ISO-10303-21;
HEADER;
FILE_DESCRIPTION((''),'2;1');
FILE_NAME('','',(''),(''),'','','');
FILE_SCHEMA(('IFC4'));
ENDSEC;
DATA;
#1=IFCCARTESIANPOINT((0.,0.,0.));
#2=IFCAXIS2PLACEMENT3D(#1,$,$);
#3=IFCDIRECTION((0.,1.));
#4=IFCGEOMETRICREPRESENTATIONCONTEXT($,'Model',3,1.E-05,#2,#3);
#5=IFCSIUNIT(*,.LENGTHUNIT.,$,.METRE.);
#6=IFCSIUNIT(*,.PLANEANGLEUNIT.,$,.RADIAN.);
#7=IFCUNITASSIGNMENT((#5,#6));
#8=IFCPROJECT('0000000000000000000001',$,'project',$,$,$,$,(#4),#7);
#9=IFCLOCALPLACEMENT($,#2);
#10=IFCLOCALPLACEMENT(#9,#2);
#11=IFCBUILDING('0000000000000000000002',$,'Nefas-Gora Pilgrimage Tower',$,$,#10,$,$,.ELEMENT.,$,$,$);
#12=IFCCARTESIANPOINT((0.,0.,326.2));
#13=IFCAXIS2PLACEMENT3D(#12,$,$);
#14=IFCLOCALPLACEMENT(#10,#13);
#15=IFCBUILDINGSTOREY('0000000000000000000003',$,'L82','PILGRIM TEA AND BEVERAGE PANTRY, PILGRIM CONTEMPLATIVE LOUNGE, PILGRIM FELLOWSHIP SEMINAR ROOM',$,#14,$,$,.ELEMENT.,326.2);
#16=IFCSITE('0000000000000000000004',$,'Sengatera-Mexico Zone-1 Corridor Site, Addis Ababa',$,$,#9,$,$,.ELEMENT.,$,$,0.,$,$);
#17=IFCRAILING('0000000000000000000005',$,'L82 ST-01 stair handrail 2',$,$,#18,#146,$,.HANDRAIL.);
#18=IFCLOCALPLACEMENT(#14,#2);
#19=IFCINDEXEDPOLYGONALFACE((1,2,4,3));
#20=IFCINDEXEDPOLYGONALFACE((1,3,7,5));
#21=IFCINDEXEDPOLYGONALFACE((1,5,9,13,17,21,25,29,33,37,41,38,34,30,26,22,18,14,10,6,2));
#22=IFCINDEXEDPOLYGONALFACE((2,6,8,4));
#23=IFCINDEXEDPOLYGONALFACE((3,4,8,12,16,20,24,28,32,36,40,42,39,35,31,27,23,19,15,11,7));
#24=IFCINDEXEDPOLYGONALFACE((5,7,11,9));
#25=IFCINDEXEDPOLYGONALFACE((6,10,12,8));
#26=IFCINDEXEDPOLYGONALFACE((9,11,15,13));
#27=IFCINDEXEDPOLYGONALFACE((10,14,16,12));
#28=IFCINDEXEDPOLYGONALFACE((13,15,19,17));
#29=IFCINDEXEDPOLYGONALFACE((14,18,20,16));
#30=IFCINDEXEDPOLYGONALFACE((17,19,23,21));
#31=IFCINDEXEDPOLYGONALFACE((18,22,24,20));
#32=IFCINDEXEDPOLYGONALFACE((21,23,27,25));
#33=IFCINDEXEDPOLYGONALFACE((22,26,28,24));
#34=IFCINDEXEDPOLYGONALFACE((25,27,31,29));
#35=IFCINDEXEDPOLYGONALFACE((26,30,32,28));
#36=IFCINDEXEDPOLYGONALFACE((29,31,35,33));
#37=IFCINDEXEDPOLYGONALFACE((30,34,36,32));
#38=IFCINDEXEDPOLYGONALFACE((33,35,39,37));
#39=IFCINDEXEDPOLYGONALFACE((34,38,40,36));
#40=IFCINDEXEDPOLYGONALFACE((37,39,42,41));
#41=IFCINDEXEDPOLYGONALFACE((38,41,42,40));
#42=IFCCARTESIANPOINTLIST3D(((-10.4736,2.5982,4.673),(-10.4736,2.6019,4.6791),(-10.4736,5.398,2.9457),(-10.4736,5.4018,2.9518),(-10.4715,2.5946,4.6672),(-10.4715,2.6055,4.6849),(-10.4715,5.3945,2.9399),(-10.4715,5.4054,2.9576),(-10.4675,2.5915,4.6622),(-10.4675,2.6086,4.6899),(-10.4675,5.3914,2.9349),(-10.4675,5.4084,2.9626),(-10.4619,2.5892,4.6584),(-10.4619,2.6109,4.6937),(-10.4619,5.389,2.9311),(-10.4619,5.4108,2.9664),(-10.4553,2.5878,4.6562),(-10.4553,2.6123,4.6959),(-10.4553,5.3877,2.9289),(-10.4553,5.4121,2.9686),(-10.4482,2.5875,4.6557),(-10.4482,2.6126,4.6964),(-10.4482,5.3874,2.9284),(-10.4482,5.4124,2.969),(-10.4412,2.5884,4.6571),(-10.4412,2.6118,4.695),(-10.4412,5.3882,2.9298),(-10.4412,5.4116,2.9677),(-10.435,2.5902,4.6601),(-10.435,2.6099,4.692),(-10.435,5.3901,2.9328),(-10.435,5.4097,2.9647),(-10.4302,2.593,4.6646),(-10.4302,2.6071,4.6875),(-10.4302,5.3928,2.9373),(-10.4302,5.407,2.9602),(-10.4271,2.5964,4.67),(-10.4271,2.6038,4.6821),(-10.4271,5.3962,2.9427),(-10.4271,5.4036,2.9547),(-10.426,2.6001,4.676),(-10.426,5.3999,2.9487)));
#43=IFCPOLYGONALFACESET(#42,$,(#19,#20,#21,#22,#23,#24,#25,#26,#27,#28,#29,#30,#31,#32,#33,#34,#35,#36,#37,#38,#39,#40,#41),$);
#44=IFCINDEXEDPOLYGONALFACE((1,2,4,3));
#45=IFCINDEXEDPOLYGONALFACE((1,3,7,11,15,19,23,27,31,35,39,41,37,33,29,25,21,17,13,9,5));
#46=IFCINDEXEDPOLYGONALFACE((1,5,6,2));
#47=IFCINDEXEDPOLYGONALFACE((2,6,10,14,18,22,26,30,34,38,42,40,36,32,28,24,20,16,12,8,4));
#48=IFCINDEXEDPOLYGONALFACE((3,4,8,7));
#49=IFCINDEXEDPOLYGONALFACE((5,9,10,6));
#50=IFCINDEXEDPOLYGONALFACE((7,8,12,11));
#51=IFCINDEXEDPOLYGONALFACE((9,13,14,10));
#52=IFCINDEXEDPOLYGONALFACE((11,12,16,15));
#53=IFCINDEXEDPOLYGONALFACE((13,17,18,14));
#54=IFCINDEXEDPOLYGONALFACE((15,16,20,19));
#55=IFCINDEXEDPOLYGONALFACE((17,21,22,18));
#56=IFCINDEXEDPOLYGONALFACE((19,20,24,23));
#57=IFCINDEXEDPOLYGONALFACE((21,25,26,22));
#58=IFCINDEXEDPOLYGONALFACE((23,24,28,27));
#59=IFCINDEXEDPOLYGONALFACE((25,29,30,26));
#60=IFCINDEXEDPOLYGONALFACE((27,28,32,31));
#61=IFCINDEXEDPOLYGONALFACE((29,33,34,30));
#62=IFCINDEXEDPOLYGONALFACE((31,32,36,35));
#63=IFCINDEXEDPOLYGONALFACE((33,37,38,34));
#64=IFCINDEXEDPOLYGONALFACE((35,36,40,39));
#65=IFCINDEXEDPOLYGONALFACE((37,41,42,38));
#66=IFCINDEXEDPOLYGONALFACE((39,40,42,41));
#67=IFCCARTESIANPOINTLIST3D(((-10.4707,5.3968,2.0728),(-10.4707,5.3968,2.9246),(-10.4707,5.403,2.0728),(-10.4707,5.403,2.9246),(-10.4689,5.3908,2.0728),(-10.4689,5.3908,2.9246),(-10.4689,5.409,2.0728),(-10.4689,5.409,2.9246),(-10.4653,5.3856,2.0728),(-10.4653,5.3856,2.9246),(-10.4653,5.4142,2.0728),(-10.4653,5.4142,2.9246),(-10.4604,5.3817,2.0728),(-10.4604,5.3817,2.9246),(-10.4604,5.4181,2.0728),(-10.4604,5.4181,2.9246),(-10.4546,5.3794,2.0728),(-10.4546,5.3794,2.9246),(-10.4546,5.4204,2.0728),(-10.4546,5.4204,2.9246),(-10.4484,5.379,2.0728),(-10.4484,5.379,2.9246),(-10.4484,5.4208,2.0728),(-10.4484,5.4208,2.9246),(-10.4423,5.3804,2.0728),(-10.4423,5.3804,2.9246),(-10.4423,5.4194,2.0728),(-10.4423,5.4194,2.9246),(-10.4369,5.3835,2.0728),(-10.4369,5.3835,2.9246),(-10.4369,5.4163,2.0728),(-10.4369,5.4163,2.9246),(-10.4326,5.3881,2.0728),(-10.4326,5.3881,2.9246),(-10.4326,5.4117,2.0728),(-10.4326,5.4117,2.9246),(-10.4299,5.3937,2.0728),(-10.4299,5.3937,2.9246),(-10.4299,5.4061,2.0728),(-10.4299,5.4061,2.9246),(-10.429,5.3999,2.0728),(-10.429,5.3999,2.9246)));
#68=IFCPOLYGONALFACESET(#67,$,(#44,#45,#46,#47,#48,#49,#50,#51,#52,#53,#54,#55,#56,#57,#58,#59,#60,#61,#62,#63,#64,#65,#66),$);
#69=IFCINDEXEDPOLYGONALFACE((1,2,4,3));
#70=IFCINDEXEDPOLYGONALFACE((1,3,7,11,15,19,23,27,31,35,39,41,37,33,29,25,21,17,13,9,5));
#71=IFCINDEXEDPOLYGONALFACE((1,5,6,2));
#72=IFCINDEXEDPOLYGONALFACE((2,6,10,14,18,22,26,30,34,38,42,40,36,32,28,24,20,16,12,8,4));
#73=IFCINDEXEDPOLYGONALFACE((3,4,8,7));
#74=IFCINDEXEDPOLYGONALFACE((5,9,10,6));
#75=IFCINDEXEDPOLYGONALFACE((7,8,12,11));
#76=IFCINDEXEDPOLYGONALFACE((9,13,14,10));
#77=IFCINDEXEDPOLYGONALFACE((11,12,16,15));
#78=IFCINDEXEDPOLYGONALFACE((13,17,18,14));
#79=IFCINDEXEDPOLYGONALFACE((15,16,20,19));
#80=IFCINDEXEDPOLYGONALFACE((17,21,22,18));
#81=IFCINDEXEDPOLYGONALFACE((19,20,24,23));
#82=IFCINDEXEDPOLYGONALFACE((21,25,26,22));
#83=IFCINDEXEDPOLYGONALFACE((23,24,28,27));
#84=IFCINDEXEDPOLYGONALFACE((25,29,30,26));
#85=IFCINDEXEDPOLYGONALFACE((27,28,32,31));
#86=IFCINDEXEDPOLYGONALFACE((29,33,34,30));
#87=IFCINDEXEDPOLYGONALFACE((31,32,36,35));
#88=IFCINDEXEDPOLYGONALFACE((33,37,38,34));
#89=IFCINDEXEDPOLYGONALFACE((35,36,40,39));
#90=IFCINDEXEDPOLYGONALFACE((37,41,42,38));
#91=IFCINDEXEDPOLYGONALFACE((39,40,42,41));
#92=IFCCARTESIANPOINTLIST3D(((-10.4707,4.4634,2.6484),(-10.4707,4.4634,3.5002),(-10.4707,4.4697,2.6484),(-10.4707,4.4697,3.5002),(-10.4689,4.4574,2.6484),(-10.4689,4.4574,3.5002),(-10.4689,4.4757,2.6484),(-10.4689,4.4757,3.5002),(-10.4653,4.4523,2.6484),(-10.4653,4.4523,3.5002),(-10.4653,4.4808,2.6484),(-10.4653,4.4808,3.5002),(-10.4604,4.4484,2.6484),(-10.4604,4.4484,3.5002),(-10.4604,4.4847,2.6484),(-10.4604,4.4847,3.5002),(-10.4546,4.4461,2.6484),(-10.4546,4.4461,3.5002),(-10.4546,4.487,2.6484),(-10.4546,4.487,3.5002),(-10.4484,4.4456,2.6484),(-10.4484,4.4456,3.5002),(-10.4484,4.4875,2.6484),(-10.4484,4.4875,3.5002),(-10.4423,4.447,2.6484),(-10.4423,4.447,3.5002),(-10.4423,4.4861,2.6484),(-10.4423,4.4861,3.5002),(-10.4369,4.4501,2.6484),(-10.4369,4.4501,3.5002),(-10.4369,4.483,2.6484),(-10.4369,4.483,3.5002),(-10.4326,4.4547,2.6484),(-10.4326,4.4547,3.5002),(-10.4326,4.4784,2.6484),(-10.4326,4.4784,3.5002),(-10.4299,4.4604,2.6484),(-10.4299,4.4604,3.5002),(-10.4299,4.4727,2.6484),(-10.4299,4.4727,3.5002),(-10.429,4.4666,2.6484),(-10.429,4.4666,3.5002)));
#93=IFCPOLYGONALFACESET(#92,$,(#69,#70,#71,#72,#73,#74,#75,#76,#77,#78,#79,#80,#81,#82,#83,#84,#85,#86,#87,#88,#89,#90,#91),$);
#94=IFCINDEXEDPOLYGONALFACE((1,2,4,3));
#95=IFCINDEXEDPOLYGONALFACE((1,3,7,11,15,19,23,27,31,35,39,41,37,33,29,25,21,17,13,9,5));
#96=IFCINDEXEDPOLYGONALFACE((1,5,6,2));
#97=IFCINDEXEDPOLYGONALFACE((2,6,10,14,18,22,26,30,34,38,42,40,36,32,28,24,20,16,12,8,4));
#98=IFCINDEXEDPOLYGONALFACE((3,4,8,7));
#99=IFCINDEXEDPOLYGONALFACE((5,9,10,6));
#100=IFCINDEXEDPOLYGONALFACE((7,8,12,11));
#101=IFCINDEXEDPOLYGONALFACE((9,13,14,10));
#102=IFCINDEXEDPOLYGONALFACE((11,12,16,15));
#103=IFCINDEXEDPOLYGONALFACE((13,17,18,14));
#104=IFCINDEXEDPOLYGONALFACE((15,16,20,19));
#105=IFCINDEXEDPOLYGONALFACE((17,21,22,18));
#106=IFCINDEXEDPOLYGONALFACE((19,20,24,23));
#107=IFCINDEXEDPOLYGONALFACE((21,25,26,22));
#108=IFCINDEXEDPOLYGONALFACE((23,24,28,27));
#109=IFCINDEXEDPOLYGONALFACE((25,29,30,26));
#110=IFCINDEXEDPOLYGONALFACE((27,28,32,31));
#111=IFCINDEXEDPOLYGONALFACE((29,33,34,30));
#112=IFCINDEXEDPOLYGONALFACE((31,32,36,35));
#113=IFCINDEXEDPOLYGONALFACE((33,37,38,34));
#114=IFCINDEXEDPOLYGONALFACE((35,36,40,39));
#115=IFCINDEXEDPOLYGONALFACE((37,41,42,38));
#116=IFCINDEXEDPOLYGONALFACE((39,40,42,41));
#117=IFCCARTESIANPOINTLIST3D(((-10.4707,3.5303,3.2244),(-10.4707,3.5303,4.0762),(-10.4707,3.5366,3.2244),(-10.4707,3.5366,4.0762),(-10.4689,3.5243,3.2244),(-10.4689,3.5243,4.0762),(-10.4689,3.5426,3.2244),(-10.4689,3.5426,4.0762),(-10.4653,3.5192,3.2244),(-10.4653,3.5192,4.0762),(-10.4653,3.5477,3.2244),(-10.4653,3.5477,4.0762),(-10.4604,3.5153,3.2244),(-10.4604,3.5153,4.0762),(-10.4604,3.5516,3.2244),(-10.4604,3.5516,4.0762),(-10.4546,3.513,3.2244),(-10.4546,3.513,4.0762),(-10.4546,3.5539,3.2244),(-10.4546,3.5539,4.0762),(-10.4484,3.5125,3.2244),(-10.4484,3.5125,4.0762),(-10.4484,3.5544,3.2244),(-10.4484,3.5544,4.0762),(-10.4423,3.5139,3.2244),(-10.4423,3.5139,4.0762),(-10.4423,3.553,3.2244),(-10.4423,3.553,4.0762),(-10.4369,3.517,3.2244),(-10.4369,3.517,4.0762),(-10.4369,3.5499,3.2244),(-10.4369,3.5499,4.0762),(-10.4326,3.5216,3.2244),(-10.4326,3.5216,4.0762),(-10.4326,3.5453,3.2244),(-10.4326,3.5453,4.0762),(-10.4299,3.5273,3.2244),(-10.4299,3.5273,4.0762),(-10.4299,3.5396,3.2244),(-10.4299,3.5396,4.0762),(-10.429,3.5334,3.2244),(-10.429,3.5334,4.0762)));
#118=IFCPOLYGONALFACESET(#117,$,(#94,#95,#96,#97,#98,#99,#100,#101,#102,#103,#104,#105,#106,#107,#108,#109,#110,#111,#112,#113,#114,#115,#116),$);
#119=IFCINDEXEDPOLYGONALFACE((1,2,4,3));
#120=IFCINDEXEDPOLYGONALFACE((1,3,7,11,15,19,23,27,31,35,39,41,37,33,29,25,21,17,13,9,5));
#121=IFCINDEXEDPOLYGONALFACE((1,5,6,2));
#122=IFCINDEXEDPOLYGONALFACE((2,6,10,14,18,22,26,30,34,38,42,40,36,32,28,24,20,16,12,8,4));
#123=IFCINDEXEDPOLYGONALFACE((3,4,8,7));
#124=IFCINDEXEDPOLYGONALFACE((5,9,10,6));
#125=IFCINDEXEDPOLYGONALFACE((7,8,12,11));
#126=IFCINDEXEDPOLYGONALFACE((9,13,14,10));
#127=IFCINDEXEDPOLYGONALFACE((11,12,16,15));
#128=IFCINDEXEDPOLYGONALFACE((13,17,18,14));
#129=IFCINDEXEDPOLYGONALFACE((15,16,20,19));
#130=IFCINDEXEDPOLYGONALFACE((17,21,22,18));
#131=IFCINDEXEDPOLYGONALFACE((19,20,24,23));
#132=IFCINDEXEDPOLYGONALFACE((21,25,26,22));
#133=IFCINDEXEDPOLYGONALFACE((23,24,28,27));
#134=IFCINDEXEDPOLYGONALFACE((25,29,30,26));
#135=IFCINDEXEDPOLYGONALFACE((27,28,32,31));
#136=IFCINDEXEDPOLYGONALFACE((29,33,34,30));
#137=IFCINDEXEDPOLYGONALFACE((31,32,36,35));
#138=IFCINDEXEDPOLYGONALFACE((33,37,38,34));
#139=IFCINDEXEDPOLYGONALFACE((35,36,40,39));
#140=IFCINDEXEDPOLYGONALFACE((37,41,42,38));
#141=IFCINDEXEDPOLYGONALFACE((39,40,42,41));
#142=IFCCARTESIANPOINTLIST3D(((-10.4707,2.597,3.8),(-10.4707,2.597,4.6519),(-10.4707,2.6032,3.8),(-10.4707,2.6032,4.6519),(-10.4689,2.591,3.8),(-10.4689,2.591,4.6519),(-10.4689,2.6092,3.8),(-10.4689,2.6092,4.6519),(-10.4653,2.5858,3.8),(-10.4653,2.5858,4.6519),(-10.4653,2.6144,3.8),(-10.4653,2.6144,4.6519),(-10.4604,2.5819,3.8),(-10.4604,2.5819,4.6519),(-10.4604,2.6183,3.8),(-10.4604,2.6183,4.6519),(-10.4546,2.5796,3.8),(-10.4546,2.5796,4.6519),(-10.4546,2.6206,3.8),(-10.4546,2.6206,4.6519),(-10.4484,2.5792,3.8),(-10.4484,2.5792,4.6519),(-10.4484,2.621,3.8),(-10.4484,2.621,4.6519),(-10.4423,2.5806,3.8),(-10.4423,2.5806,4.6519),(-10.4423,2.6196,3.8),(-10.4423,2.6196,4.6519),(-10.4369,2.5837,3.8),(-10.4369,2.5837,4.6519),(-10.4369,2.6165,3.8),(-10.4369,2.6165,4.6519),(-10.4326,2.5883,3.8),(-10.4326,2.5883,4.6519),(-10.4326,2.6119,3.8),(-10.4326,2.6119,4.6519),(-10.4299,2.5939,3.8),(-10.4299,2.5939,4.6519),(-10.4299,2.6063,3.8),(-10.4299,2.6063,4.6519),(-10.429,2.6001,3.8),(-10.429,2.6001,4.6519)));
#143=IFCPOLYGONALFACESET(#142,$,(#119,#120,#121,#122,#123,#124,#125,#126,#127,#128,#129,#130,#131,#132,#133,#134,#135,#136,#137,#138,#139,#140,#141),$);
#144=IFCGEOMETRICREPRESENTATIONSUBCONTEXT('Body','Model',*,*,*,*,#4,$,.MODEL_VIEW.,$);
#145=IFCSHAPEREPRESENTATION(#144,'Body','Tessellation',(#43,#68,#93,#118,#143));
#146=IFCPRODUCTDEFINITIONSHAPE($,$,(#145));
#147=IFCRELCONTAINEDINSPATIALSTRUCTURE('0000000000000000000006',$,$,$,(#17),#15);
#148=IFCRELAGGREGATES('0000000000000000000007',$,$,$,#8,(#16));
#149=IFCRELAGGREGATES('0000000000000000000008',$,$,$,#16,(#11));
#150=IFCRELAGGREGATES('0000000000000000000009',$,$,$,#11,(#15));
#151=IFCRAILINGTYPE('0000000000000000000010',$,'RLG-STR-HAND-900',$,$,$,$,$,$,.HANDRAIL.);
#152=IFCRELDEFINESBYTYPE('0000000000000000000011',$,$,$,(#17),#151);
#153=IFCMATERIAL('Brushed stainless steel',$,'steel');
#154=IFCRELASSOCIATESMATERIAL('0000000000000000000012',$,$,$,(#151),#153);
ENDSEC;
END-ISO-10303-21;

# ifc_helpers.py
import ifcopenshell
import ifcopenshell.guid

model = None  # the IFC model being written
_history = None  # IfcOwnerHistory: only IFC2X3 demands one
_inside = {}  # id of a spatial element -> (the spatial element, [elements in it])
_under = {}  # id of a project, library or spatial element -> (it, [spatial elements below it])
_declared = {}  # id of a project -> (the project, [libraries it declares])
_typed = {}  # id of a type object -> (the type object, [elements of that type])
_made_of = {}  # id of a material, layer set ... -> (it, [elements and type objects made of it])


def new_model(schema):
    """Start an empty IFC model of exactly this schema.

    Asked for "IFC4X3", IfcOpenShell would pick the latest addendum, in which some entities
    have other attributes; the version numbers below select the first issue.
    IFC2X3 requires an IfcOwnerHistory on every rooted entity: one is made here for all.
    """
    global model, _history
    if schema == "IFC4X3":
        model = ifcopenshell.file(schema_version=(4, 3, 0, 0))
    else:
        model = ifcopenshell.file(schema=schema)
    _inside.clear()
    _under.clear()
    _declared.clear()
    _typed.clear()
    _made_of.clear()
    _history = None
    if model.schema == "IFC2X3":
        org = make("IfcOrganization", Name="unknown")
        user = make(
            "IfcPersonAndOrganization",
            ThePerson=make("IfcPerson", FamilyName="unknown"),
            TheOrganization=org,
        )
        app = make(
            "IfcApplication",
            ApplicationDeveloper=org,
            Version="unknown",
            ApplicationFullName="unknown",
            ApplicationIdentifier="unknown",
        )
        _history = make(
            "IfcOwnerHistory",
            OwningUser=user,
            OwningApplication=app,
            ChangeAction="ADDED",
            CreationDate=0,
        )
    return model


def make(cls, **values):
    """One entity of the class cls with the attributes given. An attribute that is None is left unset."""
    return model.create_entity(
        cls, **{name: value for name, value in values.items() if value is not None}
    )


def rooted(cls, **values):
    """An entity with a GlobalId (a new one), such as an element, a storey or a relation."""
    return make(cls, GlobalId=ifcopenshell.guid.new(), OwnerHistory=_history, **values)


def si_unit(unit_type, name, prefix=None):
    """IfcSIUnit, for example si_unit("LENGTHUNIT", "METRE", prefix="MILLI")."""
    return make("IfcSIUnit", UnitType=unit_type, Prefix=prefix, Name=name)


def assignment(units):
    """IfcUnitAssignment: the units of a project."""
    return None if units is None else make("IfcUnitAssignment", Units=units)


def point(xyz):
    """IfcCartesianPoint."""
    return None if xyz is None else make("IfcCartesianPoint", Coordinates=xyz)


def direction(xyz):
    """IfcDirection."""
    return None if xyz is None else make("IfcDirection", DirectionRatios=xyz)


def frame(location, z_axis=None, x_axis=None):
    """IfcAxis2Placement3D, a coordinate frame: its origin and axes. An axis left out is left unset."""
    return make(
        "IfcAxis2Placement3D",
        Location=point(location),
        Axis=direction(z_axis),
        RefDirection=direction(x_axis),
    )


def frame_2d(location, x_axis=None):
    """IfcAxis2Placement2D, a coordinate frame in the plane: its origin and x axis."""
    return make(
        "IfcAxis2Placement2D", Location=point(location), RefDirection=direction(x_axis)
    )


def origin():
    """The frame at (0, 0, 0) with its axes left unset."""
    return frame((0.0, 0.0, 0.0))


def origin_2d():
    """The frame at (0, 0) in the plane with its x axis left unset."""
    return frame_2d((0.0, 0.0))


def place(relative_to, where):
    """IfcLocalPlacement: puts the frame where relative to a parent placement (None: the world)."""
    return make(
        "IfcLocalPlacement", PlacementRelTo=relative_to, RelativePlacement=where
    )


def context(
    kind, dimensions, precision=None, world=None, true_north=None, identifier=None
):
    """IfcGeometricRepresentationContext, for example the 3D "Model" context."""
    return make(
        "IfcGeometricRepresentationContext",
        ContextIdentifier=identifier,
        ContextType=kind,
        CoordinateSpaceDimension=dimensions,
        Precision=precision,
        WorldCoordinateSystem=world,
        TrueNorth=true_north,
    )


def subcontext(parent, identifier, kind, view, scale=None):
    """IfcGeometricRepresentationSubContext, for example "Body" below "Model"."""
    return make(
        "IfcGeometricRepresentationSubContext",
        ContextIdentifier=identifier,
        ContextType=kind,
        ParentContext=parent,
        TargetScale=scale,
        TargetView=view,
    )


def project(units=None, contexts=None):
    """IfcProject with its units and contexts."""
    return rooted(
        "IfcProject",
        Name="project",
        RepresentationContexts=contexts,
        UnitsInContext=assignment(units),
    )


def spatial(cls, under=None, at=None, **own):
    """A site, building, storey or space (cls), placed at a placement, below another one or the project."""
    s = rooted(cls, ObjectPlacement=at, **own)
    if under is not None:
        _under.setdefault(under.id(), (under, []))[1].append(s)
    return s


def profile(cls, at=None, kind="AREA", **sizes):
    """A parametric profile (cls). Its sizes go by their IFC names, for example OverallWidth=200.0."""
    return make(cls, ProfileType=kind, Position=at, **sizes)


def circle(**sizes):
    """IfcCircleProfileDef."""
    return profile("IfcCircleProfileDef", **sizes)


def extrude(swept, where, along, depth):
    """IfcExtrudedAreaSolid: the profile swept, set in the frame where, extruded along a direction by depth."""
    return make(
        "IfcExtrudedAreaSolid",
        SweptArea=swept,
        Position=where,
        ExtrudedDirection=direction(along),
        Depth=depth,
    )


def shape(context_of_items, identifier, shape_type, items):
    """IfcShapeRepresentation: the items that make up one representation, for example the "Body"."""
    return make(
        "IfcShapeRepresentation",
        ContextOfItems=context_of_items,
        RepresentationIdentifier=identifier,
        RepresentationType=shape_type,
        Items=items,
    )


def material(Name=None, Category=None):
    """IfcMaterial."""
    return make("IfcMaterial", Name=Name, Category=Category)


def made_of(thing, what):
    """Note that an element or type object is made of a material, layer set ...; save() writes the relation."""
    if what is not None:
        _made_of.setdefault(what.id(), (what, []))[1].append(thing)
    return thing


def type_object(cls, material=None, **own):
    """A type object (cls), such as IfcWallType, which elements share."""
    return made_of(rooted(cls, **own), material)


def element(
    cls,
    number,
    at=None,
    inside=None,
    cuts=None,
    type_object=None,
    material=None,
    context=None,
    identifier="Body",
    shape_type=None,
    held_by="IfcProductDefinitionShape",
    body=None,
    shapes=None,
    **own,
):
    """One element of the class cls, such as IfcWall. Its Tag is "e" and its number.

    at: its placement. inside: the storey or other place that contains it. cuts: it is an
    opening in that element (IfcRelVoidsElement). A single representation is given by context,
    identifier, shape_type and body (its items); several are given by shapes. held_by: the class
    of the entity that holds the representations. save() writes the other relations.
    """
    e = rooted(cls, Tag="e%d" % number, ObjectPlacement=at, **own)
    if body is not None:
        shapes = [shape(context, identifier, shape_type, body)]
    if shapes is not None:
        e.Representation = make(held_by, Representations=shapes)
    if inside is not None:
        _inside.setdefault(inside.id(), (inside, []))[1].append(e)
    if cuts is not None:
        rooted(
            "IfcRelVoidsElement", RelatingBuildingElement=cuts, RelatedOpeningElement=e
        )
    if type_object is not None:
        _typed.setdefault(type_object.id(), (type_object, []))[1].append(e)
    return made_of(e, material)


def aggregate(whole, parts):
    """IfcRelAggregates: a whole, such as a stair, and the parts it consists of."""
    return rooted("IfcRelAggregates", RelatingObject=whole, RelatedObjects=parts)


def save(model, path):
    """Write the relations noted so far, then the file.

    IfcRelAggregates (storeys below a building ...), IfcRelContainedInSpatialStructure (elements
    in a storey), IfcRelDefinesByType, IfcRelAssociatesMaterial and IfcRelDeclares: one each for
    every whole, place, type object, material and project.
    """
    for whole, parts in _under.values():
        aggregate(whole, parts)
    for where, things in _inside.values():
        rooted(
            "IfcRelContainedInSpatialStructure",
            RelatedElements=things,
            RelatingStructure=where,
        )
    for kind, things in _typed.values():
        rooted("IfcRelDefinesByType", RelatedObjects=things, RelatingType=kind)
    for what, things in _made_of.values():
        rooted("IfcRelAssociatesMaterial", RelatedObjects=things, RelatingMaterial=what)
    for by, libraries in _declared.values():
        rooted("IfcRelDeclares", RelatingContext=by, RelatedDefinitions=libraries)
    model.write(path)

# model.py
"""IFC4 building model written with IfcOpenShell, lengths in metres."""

from ifc_helpers import new_model, si_unit, direction, frame, origin, origin_2d, place, context, subcontext, project, spatial, circle, extrude, material, type_object, element, save


model = new_model("IFC4")

# Units and contexts
model_context = context("Model", 3, precision=1e-05, world=origin(), true_north=direction((0.0, 1.0)))
body_context = subcontext(model_context, "Body", "Model", "MODEL_VIEW")
ifc_project = project(units=[si_unit("LENGTHUNIT", "METRE"), si_unit("PLANEANGLEUNIT", "RADIAN")], contexts=[model_context])

# Site, building, storey
site_placement = place(None, origin())
site = spatial("IfcSite", under=ifc_project, at=site_placement, Name="Sengatera-Mexico Zone-1 Corridor Site, Addis Ababa", CompositionType="ELEMENT", RefElevation=0.0)
building_placement = place(site_placement, origin())
building = spatial("IfcBuilding", under=site, at=building_placement, Name="Nefas-Gora Pilgrimage Tower", CompositionType="ELEMENT")
storey_placement = place(building_placement, frame((0.0, 0.0, 326.2)))
storey = spatial("IfcBuildingStorey", under=building, at=storey_placement, Name="L82", Description="PILGRIM TEA AND BEVERAGE PANTRY, PILGRIM CONTEMPLATIVE LOUNGE, PILGRIM FELLOWSHIP SEMINAR ROOM", CompositionType="ELEMENT", Elevation=326.2)

# Railing
ifc_material_1 = material(Name="Brushed stainless steel", Category="steel")
railing_type_1 = type_object("IfcRailingType", Name="RLG-STR-HAND-900", PredefinedType="HANDRAIL", material=ifc_material_1)
railing_1_placement = place(storey_placement, frame((-10.45, 5.3999, 2.0728)))
element("IfcRailing", 1, at=railing_1_placement, inside=storey, type_object=railing_type_1, Name="L82 ST-01 stair handrail 2", PredefinedType="HANDRAIL", context=body_context, shape_type="SweptSolid", body=[
    extrude(circle(Radius=0.0239, at=origin_2d()), frame((0.0, 0.0, 0.876), z_axis=(0.0, -0.851069, 0.525054), x_axis=(1.0, 0.0, 0.0)), (0.0, 0.0, 1.0), 3.2898),
    extrude(circle(Radius=0.021, at=origin_2d()), origin(), (0.0, 0.0, 1.0), 0.8518),
    extrude(circle(Radius=0.021, at=origin_2d()), frame((0.0, -0.9333, 0.5757)), (0.0, 0.0, 1.0), 0.8518),
    extrude(circle(Radius=0.021, at=origin_2d()), frame((0.0, -1.8665, 1.1516)), (0.0, 0.0, 1.0), 0.8518),
    extrude(circle(Radius=0.021, at=origin_2d()), frame((0.0, -2.7998, 1.7273)), (0.0, 0.0, 1.0), 0.8518),
])

save(model, "model.ifc")
